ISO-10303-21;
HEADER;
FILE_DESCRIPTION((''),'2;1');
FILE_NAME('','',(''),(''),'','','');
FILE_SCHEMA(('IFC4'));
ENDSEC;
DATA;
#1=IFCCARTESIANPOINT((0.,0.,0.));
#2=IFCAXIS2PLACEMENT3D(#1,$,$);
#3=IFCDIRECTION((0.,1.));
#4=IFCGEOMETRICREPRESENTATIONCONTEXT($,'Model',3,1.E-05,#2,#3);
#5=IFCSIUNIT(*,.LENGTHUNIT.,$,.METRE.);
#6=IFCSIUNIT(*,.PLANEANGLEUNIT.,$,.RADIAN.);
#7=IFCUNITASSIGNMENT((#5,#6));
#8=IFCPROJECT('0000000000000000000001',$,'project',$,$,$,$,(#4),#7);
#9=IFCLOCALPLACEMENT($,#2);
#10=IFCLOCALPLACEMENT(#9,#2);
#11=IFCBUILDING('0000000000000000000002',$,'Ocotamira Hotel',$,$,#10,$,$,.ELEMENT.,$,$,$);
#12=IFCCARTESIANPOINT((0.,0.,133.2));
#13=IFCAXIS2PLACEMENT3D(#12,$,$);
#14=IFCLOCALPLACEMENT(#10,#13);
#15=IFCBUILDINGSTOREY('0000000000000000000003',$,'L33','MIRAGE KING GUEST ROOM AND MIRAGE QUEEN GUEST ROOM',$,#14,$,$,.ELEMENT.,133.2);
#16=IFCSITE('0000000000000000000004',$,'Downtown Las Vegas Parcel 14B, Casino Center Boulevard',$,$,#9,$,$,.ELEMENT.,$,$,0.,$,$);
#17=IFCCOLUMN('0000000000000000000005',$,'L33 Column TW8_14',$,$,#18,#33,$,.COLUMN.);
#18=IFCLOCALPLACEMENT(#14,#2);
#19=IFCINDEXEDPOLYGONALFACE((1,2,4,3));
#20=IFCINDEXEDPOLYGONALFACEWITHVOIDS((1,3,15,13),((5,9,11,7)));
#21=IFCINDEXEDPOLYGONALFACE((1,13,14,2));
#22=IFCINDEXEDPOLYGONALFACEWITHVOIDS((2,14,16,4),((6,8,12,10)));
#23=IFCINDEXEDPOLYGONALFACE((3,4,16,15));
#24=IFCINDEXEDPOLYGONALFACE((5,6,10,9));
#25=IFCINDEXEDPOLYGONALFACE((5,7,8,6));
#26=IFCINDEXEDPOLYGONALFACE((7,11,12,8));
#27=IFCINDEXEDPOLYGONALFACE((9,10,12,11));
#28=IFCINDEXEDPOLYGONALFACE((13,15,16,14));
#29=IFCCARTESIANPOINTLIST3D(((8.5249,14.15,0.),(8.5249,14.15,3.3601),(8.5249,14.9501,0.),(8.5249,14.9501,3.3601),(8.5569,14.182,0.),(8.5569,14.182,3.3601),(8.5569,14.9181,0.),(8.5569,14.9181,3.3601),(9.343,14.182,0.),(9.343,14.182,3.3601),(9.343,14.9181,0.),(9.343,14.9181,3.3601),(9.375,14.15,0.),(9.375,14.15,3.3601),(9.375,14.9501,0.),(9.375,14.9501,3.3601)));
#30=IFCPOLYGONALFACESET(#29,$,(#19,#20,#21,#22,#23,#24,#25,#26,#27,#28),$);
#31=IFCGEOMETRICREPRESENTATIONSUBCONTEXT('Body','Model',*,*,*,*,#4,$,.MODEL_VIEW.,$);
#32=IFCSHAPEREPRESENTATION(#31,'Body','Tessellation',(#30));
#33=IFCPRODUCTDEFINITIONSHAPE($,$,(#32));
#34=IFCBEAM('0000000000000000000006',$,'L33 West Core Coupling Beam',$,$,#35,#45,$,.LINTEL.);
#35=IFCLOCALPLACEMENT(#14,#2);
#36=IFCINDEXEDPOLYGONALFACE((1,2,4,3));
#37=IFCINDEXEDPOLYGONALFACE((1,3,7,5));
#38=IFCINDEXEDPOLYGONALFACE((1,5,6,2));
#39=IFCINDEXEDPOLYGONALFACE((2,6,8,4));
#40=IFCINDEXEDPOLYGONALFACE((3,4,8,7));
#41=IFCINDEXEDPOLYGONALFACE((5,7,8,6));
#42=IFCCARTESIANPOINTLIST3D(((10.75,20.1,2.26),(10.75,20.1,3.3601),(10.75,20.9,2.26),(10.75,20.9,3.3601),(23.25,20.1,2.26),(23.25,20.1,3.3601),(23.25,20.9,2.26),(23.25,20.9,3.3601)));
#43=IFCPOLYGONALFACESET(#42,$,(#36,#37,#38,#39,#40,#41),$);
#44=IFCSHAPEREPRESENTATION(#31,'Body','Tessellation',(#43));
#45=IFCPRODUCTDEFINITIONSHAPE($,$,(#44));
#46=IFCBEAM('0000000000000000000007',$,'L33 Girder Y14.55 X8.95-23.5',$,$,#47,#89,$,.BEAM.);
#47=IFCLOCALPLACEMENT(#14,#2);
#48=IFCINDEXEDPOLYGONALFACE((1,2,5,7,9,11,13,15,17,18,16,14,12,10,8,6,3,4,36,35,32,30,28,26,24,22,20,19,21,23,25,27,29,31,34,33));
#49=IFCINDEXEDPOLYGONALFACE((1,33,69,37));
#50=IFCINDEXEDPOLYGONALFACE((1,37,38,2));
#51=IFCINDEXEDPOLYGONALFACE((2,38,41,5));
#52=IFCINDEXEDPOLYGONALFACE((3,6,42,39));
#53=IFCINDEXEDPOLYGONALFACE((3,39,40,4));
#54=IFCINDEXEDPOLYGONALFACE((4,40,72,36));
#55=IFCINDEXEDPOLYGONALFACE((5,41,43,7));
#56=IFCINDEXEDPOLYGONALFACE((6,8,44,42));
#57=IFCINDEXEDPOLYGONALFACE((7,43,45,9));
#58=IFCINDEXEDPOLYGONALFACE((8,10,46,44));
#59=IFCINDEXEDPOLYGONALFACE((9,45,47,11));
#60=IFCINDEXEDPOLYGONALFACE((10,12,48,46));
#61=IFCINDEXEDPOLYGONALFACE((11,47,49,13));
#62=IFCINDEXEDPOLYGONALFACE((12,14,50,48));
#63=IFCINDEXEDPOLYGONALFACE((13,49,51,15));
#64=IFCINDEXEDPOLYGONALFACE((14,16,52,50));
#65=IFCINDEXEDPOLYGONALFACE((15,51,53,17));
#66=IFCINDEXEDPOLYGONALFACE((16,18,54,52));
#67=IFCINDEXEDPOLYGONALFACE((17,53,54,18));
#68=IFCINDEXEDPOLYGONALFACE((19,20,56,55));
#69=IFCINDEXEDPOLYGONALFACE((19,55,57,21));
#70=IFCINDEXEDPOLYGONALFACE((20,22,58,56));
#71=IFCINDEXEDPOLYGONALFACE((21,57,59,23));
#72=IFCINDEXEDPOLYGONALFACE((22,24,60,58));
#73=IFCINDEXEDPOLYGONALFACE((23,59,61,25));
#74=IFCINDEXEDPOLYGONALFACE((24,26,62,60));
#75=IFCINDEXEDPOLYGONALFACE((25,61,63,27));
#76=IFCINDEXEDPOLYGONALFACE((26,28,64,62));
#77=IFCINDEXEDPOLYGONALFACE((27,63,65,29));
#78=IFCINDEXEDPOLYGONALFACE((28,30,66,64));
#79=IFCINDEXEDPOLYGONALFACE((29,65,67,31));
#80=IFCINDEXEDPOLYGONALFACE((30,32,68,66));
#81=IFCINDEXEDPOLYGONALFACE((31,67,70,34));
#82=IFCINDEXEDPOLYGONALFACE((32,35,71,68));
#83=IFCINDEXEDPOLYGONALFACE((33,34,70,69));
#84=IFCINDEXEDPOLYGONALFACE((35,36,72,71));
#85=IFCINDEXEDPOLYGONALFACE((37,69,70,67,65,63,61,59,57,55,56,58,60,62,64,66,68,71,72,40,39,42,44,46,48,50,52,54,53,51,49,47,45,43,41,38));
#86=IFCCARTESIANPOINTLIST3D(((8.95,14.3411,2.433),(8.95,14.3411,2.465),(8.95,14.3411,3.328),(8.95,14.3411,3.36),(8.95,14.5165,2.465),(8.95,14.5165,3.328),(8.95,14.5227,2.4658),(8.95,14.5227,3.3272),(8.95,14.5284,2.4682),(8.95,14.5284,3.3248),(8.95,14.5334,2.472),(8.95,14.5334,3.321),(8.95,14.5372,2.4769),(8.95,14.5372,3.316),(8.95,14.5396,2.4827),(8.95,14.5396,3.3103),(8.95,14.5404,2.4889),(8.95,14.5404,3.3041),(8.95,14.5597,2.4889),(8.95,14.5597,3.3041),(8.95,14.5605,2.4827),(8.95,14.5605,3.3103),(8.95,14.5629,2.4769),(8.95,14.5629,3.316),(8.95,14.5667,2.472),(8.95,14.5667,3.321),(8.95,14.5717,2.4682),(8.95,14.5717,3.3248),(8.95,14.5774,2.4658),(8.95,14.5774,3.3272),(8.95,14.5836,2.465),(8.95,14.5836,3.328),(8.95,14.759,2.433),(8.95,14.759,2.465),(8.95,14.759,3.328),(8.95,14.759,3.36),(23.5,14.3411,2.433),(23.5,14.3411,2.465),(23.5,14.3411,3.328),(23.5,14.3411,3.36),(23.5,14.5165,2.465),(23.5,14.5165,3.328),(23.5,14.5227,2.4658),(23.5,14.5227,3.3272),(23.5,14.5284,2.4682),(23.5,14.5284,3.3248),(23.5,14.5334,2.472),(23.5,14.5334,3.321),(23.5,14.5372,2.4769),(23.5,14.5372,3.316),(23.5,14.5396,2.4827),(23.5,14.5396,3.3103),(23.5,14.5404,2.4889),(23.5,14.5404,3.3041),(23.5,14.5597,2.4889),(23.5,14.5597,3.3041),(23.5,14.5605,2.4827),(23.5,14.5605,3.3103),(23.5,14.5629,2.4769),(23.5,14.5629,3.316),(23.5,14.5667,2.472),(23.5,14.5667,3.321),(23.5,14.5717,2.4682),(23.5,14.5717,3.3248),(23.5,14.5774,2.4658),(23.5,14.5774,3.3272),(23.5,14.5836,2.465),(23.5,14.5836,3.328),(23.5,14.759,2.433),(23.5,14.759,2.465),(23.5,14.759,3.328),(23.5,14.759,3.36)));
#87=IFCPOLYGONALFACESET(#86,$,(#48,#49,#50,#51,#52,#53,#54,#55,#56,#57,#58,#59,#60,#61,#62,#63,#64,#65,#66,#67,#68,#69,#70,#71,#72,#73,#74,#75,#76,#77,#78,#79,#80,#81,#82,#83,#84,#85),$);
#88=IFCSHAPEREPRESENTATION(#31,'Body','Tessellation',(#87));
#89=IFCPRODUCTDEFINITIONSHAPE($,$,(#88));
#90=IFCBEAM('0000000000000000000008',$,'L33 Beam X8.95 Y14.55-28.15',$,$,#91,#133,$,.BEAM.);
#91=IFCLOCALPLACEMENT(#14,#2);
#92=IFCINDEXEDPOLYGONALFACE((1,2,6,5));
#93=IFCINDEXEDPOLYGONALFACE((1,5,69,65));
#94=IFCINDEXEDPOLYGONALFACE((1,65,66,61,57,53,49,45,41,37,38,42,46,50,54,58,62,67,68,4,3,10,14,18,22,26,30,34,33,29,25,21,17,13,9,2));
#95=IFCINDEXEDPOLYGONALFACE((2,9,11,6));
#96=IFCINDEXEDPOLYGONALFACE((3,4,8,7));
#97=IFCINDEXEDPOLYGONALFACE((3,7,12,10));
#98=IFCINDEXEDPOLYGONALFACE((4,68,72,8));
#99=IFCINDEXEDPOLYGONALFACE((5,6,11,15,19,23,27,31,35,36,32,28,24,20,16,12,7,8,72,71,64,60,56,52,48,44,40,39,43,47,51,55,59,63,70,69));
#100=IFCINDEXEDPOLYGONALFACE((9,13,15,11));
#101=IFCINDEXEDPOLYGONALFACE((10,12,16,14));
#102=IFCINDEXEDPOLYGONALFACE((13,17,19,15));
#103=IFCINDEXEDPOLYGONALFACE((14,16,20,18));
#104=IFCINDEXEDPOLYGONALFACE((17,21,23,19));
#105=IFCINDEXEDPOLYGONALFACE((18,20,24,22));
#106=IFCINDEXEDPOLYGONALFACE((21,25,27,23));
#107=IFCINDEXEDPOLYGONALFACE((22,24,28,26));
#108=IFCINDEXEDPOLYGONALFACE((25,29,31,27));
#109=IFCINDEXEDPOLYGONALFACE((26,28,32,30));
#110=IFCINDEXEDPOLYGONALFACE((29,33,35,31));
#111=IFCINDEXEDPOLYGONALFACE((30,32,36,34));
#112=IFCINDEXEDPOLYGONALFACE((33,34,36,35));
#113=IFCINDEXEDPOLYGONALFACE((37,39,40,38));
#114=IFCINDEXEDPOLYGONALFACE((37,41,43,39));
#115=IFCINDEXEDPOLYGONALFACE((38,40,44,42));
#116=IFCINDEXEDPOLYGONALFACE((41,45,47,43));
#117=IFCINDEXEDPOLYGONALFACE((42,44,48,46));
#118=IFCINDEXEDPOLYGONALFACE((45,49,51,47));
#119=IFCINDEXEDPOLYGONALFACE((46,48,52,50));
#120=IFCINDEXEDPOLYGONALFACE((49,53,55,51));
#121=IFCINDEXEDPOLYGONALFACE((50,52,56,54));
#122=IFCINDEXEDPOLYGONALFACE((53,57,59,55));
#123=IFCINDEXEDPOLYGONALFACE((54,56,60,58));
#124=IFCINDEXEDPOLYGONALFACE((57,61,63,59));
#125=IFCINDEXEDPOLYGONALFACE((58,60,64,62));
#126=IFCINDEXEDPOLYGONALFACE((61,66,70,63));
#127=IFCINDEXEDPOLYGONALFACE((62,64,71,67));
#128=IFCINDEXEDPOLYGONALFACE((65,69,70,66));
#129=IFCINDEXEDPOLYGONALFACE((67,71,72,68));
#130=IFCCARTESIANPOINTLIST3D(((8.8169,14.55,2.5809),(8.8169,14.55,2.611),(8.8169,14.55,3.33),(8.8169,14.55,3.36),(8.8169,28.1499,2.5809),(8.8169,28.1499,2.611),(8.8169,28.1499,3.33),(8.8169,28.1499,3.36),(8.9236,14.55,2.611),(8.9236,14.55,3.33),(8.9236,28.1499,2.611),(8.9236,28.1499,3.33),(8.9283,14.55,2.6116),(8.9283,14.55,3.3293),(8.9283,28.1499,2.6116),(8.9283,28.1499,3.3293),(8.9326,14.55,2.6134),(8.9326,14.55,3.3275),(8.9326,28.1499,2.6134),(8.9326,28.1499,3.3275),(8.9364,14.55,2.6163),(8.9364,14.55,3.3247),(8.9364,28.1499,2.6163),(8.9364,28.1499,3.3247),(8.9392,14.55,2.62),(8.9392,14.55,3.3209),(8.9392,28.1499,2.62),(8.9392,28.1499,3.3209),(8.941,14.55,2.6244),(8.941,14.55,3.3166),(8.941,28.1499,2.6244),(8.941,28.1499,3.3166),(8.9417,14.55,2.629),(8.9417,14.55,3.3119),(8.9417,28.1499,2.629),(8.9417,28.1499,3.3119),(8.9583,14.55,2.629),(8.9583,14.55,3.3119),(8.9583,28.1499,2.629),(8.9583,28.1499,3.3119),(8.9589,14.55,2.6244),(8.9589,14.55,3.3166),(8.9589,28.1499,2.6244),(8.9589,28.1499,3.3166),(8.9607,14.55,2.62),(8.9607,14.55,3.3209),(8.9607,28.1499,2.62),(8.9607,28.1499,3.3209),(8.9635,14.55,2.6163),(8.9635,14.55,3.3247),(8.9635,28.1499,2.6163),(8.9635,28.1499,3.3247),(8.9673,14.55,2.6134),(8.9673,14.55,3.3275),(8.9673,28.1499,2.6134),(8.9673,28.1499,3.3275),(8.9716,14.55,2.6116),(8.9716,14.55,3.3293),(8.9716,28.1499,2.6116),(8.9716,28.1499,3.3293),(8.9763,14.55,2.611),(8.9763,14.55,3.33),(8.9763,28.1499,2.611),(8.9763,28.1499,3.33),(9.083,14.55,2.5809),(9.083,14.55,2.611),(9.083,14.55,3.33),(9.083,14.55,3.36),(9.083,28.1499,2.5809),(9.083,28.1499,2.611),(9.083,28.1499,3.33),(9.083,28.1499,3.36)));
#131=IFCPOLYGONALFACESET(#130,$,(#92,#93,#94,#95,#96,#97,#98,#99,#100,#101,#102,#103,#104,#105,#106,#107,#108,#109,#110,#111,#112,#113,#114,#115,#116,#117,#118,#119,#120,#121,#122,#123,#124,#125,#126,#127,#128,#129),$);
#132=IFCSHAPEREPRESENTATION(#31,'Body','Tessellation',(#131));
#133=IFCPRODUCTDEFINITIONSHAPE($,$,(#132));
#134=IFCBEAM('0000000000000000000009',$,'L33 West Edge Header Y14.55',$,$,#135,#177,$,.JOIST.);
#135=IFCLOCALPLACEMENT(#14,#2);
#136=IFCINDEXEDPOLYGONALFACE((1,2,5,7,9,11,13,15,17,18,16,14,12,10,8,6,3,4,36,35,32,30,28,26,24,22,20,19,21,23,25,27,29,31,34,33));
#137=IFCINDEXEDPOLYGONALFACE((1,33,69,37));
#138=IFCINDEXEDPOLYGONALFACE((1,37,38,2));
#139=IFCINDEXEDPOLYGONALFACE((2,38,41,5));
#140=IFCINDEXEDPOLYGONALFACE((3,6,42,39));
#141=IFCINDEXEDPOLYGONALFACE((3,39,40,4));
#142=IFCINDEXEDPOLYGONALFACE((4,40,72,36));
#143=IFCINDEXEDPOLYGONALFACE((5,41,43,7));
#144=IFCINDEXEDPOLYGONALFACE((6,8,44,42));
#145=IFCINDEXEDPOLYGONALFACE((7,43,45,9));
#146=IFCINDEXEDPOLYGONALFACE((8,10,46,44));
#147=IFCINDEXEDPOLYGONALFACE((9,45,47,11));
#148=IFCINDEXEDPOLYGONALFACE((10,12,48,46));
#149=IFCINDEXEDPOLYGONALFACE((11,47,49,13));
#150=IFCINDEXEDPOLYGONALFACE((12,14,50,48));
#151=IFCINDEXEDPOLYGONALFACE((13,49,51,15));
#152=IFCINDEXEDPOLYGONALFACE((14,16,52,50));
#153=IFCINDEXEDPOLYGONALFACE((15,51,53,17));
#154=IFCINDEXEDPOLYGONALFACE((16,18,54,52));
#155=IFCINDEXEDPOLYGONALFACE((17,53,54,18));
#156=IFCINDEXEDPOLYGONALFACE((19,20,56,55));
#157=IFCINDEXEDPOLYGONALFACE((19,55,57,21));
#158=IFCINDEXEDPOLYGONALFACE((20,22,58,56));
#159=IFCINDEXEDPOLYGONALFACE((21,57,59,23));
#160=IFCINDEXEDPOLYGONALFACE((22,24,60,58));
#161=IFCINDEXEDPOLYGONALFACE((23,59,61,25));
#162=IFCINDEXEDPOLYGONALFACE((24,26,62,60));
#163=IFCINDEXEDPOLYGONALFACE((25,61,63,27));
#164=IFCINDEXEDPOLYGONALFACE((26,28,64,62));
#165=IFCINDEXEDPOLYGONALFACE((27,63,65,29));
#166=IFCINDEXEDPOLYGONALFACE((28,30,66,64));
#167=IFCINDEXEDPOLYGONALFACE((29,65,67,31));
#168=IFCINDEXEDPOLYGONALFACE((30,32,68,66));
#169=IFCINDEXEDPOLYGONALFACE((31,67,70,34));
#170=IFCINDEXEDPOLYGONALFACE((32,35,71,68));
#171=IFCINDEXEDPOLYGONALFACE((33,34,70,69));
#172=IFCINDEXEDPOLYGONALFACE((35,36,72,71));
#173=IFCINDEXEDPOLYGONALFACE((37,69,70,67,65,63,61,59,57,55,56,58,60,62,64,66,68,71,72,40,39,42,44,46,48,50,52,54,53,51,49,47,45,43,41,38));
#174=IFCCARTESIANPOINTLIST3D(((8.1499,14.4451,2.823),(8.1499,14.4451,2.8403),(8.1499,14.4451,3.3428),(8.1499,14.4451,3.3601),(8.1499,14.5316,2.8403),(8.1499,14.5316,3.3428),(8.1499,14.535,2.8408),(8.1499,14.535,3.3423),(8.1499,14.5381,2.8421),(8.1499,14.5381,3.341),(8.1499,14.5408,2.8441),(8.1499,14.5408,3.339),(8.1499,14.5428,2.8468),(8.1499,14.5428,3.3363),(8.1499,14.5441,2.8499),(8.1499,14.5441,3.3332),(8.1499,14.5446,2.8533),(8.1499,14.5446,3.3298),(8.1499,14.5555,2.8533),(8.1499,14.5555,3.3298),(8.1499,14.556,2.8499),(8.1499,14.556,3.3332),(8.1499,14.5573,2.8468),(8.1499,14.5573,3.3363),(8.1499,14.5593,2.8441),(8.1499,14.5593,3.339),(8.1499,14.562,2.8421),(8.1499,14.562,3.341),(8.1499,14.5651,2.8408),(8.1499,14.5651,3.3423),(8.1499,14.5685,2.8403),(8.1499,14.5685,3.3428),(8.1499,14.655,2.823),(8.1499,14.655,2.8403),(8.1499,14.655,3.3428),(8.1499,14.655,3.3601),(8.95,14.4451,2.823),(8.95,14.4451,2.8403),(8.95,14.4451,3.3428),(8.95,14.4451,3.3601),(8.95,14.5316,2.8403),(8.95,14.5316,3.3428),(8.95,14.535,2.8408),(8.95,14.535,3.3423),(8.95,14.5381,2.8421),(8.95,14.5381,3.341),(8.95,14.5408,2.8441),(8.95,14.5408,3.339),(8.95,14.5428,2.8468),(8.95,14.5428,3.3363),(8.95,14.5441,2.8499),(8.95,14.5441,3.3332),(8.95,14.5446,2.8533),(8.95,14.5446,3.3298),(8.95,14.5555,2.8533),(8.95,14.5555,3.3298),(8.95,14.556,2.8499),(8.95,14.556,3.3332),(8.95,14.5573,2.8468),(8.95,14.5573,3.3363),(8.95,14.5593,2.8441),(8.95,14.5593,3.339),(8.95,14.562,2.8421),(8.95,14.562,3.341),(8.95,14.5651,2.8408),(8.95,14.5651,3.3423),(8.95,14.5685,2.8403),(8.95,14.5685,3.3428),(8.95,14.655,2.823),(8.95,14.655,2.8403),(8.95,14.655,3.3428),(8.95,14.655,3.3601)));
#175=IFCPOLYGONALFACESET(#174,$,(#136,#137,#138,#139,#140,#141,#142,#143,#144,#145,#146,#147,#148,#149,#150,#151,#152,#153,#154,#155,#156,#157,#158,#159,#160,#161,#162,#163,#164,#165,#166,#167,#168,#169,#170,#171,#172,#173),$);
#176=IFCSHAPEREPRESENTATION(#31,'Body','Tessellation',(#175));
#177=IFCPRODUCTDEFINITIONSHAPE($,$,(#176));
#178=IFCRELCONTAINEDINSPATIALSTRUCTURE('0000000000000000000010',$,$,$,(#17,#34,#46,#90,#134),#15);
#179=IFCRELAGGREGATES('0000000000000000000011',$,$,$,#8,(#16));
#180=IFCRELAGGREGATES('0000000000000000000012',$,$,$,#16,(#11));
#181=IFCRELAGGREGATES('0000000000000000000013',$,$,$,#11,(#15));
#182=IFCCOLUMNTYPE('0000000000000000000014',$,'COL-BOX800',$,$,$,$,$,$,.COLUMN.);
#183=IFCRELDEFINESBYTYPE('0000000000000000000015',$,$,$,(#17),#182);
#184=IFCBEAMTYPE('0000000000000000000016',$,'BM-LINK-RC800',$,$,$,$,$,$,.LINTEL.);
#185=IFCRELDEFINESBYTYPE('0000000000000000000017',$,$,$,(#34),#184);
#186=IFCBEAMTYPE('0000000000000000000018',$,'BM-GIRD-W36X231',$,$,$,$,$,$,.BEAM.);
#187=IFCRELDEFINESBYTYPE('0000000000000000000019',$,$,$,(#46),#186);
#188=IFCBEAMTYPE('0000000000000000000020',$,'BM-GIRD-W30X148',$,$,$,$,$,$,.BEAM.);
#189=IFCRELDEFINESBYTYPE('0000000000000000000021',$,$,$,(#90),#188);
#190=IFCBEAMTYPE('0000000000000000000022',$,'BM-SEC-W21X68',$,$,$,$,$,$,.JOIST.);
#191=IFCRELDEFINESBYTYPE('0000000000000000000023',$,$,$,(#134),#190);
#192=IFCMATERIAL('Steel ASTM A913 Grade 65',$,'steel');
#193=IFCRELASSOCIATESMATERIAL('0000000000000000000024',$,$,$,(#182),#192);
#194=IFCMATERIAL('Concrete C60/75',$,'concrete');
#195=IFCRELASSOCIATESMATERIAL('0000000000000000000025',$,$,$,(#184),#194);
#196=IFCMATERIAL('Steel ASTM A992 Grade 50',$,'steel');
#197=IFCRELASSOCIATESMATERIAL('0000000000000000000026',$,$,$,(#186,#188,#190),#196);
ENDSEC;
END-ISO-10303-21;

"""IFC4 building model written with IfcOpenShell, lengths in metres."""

from ifc_helpers import new_model, si_unit, direction, frame, origin, origin_2d, place, context, subcontext, project, spatial, rectangle, hollow_rectangle, i_section, extrude, source, transform, mapped, material, material_profile, profile_set, type_object, element, save


model = new_model("IFC4")

# Units and contexts
model_context = context("Model", 3, precision=1e-05, world=origin(), true_north=direction((0.0, 1.0)))
body_context = subcontext(model_context, "Body", "Model", "MODEL_VIEW")
ifc_project = project(units=[si_unit("LENGTHUNIT", "METRE"), si_unit("PLANEANGLEUNIT", "RADIAN")], contexts=[model_context])

# Site, building, storey
site_placement = place(None, origin())
site = spatial("IfcSite", under=ifc_project, at=site_placement, Name="Downtown Las Vegas Parcel 14B, Casino Center Boulevard", CompositionType="ELEMENT", RefElevation=0.0)
building_placement = place(site_placement, origin())
building = spatial("IfcBuilding", under=site, at=building_placement, Name="Ocotamira Hotel", CompositionType="ELEMENT")
storey_placement = place(building_placement, frame((0.0, 0.0, 133.2)))
storey = spatial("IfcBuildingStorey", under=building, at=storey_placement, Name="L33", Description="MIRAGE KING GUEST ROOM AND MIRAGE QUEEN GUEST ROOM", CompositionType="ELEMENT", Elevation=133.2)

# Column
ifc_material_1 = material(Name="Steel ASTM A913 Grade 65", Category="steel")
ifc_material_profile_1 = material_profile(ifc_material_1, hollow_rectangle(XDim=0.8501, YDim=0.8, WallThickness=0.032, at=origin_2d()), Name="BOX800X850X32")
ifc_profile_set_1 = profile_set([ifc_material_profile_1], Name="Steel ASTM A913 Grade 65")
column_type = type_object("IfcColumnType", Name="COL-BOX800", PredefinedType="COLUMN", material=ifc_profile_set_1)
shared_shape_1 = source(origin(), body_context, "Body", "SweptSolid", [
    extrude(hollow_rectangle(XDim=0.8501, YDim=0.8, WallThickness=0.032, at=origin_2d()), origin(), (0.0, 0.0, 1.0), 3.3601),
])
column_placement = place(storey_placement, frame((8.95, 14.55, 0.0), z_axis=(0.0, 0.0, 1.0), x_axis=(1.0, 0.0, 0.0)))
element("IfcColumn", 1, at=column_placement, inside=storey, type_object=column_type, Name="L33 Column TW8_14", PredefinedType="COLUMN", context=body_context, shape_type="MappedRepresentation", body=[
    mapped(shared_shape_1, transform((0.0, 0.0, 0.0), scale=1.0)),
])

# Beams
ifc_material_2 = material(Name="Concrete C60/75", Category="concrete")
ifc_material_profile_2 = material_profile(ifc_material_2, rectangle(XDim=0.8, YDim=1.1001, at=origin_2d()), Name="RC800X1100")
ifc_profile_set_2 = profile_set([ifc_material_profile_2], Name="Concrete C60/75")
beam_type_1 = type_object("IfcBeamType", Name="BM-LINK-RC800", PredefinedType="LINTEL", material=ifc_profile_set_2)
shared_shape_2 = source(origin(), body_context, "Body", "SweptSolid", [
    extrude(rectangle(XDim=0.8, YDim=1.1001, at=origin_2d()), origin(), (0.0, 0.0, 1.0), 12.5),
])
beam_1_placement = place(storey_placement, frame((10.75, 20.5, 2.8101), z_axis=(1.0, 0.0, 0.0), x_axis=(0.0, 1.0, 0.0)))
element("IfcBeam", 2, at=beam_1_placement, inside=storey, type_object=beam_type_1, Name="L33 West Core Coupling Beam", PredefinedType="LINTEL", context=body_context, shape_type="MappedRepresentation", body=[
    mapped(shared_shape_2, transform((0.0, 0.0, 0.0), scale=1.0)),
])
ifc_material_3 = material(Name="Steel ASTM A992 Grade 50", Category="steel")
ifc_material_profile_3 = material_profile(ifc_material_3, i_section(OverallWidth=0.418, OverallDepth=0.927, WebThickness=0.0193, FlangeThickness=0.032, FilletRadius=0.0239, at=origin_2d()), Name="W36X231")
ifc_profile_set_3 = profile_set([ifc_material_profile_3], Name="Steel ASTM A992 Grade 50")
beam_type_2 = type_object("IfcBeamType", Name="BM-GIRD-W36X231", PredefinedType="BEAM", material=ifc_profile_set_3)
shared_shape_3 = source(origin(), body_context, "Body", "SweptSolid", [
    extrude(i_section(OverallWidth=0.418, OverallDepth=0.927, WebThickness=0.0193, FlangeThickness=0.032, FilletRadius=0.0239, at=origin_2d()), origin(), (0.0, 0.0, 1.0), 14.55),
])
beam_2_placement = place(storey_placement, frame((8.95, 14.55, 2.8965), z_axis=(1.0, 0.0, 0.0), x_axis=(0.0, 1.0, 0.0)))
element("IfcBeam", 3, at=beam_2_placement, inside=storey, type_object=beam_type_2, Name="L33 Girder Y14.55 X8.95-23.5", PredefinedType="BEAM", context=body_context, shape_type="MappedRepresentation", body=[
    mapped(shared_shape_3, transform((0.0, 0.0, 0.0), scale=1.0)),
])
ifc_material_profile_4 = material_profile(ifc_material_3, i_section(OverallWidth=0.2661, OverallDepth=0.7791, WebThickness=0.0166, FlangeThickness=0.03, FilletRadius=0.0181, at=origin_2d()), Name="W30X148")
ifc_profile_set_4 = profile_set([ifc_material_profile_4], Name="Steel ASTM A992 Grade 50")
beam_type_3 = type_object("IfcBeamType", Name="BM-GIRD-W30X148", PredefinedType="BEAM", material=ifc_profile_set_4)
shared_shape_4 = source(origin(), body_context, "Body", "SweptSolid", [
    extrude(i_section(OverallWidth=0.2661, OverallDepth=0.7791, WebThickness=0.0166, FlangeThickness=0.03, FilletRadius=0.0181, at=origin_2d()), origin(), (0.0, 0.0, 1.0), 13.5999),
])
beam_3_placement = place(storey_placement, frame((8.95, 14.55, 2.9705), z_axis=(0.0, 1.0, 0.0), x_axis=(-1.0, 0.0, 0.0)))
element("IfcBeam", 4, at=beam_3_placement, inside=storey, type_object=beam_type_3, Name="L33 Beam X8.95 Y14.55-28.15", PredefinedType="BEAM", context=body_context, shape_type="MappedRepresentation", body=[
    mapped(shared_shape_4, transform((0.0, 0.0, 0.0), scale=1.0)),
])
ifc_material_profile_5 = material_profile(ifc_material_3, i_section(OverallWidth=0.21, OverallDepth=0.5371, WebThickness=0.011, FlangeThickness=0.0173, FilletRadius=0.0129, at=origin_2d()), Name="W21X68")
ifc_profile_set_5 = profile_set([ifc_material_profile_5], Name="Steel ASTM A992 Grade 50")
beam_type_4 = type_object("IfcBeamType", Name="BM-SEC-W21X68", PredefinedType="JOIST", material=ifc_profile_set_5)
shared_shape_5 = source(origin(), body_context, "Body", "SweptSolid", [
    extrude(i_section(OverallWidth=0.21, OverallDepth=0.5371, WebThickness=0.011, FlangeThickness=0.0173, FilletRadius=0.0129, at=origin_2d()), origin(), (0.0, 0.0, 1.0), 0.8),
])
beam_4_placement = place(storey_placement, frame((8.95, 14.55, 3.0916), z_axis=(-1.0, 0.0, 0.0), x_axis=(0.0, -1.0, 0.0)))
element("IfcBeam", 5, at=beam_4_placement, inside=storey, type_object=beam_type_4, Name="L33 West Edge Header Y14.55", PredefinedType="JOIST", context=body_context, shape_type="MappedRepresentation", body=[
    mapped(shared_shape_5, transform((0.0, 0.0, 0.0), scale=1.0)),
])

save(model, "model.ifc")
